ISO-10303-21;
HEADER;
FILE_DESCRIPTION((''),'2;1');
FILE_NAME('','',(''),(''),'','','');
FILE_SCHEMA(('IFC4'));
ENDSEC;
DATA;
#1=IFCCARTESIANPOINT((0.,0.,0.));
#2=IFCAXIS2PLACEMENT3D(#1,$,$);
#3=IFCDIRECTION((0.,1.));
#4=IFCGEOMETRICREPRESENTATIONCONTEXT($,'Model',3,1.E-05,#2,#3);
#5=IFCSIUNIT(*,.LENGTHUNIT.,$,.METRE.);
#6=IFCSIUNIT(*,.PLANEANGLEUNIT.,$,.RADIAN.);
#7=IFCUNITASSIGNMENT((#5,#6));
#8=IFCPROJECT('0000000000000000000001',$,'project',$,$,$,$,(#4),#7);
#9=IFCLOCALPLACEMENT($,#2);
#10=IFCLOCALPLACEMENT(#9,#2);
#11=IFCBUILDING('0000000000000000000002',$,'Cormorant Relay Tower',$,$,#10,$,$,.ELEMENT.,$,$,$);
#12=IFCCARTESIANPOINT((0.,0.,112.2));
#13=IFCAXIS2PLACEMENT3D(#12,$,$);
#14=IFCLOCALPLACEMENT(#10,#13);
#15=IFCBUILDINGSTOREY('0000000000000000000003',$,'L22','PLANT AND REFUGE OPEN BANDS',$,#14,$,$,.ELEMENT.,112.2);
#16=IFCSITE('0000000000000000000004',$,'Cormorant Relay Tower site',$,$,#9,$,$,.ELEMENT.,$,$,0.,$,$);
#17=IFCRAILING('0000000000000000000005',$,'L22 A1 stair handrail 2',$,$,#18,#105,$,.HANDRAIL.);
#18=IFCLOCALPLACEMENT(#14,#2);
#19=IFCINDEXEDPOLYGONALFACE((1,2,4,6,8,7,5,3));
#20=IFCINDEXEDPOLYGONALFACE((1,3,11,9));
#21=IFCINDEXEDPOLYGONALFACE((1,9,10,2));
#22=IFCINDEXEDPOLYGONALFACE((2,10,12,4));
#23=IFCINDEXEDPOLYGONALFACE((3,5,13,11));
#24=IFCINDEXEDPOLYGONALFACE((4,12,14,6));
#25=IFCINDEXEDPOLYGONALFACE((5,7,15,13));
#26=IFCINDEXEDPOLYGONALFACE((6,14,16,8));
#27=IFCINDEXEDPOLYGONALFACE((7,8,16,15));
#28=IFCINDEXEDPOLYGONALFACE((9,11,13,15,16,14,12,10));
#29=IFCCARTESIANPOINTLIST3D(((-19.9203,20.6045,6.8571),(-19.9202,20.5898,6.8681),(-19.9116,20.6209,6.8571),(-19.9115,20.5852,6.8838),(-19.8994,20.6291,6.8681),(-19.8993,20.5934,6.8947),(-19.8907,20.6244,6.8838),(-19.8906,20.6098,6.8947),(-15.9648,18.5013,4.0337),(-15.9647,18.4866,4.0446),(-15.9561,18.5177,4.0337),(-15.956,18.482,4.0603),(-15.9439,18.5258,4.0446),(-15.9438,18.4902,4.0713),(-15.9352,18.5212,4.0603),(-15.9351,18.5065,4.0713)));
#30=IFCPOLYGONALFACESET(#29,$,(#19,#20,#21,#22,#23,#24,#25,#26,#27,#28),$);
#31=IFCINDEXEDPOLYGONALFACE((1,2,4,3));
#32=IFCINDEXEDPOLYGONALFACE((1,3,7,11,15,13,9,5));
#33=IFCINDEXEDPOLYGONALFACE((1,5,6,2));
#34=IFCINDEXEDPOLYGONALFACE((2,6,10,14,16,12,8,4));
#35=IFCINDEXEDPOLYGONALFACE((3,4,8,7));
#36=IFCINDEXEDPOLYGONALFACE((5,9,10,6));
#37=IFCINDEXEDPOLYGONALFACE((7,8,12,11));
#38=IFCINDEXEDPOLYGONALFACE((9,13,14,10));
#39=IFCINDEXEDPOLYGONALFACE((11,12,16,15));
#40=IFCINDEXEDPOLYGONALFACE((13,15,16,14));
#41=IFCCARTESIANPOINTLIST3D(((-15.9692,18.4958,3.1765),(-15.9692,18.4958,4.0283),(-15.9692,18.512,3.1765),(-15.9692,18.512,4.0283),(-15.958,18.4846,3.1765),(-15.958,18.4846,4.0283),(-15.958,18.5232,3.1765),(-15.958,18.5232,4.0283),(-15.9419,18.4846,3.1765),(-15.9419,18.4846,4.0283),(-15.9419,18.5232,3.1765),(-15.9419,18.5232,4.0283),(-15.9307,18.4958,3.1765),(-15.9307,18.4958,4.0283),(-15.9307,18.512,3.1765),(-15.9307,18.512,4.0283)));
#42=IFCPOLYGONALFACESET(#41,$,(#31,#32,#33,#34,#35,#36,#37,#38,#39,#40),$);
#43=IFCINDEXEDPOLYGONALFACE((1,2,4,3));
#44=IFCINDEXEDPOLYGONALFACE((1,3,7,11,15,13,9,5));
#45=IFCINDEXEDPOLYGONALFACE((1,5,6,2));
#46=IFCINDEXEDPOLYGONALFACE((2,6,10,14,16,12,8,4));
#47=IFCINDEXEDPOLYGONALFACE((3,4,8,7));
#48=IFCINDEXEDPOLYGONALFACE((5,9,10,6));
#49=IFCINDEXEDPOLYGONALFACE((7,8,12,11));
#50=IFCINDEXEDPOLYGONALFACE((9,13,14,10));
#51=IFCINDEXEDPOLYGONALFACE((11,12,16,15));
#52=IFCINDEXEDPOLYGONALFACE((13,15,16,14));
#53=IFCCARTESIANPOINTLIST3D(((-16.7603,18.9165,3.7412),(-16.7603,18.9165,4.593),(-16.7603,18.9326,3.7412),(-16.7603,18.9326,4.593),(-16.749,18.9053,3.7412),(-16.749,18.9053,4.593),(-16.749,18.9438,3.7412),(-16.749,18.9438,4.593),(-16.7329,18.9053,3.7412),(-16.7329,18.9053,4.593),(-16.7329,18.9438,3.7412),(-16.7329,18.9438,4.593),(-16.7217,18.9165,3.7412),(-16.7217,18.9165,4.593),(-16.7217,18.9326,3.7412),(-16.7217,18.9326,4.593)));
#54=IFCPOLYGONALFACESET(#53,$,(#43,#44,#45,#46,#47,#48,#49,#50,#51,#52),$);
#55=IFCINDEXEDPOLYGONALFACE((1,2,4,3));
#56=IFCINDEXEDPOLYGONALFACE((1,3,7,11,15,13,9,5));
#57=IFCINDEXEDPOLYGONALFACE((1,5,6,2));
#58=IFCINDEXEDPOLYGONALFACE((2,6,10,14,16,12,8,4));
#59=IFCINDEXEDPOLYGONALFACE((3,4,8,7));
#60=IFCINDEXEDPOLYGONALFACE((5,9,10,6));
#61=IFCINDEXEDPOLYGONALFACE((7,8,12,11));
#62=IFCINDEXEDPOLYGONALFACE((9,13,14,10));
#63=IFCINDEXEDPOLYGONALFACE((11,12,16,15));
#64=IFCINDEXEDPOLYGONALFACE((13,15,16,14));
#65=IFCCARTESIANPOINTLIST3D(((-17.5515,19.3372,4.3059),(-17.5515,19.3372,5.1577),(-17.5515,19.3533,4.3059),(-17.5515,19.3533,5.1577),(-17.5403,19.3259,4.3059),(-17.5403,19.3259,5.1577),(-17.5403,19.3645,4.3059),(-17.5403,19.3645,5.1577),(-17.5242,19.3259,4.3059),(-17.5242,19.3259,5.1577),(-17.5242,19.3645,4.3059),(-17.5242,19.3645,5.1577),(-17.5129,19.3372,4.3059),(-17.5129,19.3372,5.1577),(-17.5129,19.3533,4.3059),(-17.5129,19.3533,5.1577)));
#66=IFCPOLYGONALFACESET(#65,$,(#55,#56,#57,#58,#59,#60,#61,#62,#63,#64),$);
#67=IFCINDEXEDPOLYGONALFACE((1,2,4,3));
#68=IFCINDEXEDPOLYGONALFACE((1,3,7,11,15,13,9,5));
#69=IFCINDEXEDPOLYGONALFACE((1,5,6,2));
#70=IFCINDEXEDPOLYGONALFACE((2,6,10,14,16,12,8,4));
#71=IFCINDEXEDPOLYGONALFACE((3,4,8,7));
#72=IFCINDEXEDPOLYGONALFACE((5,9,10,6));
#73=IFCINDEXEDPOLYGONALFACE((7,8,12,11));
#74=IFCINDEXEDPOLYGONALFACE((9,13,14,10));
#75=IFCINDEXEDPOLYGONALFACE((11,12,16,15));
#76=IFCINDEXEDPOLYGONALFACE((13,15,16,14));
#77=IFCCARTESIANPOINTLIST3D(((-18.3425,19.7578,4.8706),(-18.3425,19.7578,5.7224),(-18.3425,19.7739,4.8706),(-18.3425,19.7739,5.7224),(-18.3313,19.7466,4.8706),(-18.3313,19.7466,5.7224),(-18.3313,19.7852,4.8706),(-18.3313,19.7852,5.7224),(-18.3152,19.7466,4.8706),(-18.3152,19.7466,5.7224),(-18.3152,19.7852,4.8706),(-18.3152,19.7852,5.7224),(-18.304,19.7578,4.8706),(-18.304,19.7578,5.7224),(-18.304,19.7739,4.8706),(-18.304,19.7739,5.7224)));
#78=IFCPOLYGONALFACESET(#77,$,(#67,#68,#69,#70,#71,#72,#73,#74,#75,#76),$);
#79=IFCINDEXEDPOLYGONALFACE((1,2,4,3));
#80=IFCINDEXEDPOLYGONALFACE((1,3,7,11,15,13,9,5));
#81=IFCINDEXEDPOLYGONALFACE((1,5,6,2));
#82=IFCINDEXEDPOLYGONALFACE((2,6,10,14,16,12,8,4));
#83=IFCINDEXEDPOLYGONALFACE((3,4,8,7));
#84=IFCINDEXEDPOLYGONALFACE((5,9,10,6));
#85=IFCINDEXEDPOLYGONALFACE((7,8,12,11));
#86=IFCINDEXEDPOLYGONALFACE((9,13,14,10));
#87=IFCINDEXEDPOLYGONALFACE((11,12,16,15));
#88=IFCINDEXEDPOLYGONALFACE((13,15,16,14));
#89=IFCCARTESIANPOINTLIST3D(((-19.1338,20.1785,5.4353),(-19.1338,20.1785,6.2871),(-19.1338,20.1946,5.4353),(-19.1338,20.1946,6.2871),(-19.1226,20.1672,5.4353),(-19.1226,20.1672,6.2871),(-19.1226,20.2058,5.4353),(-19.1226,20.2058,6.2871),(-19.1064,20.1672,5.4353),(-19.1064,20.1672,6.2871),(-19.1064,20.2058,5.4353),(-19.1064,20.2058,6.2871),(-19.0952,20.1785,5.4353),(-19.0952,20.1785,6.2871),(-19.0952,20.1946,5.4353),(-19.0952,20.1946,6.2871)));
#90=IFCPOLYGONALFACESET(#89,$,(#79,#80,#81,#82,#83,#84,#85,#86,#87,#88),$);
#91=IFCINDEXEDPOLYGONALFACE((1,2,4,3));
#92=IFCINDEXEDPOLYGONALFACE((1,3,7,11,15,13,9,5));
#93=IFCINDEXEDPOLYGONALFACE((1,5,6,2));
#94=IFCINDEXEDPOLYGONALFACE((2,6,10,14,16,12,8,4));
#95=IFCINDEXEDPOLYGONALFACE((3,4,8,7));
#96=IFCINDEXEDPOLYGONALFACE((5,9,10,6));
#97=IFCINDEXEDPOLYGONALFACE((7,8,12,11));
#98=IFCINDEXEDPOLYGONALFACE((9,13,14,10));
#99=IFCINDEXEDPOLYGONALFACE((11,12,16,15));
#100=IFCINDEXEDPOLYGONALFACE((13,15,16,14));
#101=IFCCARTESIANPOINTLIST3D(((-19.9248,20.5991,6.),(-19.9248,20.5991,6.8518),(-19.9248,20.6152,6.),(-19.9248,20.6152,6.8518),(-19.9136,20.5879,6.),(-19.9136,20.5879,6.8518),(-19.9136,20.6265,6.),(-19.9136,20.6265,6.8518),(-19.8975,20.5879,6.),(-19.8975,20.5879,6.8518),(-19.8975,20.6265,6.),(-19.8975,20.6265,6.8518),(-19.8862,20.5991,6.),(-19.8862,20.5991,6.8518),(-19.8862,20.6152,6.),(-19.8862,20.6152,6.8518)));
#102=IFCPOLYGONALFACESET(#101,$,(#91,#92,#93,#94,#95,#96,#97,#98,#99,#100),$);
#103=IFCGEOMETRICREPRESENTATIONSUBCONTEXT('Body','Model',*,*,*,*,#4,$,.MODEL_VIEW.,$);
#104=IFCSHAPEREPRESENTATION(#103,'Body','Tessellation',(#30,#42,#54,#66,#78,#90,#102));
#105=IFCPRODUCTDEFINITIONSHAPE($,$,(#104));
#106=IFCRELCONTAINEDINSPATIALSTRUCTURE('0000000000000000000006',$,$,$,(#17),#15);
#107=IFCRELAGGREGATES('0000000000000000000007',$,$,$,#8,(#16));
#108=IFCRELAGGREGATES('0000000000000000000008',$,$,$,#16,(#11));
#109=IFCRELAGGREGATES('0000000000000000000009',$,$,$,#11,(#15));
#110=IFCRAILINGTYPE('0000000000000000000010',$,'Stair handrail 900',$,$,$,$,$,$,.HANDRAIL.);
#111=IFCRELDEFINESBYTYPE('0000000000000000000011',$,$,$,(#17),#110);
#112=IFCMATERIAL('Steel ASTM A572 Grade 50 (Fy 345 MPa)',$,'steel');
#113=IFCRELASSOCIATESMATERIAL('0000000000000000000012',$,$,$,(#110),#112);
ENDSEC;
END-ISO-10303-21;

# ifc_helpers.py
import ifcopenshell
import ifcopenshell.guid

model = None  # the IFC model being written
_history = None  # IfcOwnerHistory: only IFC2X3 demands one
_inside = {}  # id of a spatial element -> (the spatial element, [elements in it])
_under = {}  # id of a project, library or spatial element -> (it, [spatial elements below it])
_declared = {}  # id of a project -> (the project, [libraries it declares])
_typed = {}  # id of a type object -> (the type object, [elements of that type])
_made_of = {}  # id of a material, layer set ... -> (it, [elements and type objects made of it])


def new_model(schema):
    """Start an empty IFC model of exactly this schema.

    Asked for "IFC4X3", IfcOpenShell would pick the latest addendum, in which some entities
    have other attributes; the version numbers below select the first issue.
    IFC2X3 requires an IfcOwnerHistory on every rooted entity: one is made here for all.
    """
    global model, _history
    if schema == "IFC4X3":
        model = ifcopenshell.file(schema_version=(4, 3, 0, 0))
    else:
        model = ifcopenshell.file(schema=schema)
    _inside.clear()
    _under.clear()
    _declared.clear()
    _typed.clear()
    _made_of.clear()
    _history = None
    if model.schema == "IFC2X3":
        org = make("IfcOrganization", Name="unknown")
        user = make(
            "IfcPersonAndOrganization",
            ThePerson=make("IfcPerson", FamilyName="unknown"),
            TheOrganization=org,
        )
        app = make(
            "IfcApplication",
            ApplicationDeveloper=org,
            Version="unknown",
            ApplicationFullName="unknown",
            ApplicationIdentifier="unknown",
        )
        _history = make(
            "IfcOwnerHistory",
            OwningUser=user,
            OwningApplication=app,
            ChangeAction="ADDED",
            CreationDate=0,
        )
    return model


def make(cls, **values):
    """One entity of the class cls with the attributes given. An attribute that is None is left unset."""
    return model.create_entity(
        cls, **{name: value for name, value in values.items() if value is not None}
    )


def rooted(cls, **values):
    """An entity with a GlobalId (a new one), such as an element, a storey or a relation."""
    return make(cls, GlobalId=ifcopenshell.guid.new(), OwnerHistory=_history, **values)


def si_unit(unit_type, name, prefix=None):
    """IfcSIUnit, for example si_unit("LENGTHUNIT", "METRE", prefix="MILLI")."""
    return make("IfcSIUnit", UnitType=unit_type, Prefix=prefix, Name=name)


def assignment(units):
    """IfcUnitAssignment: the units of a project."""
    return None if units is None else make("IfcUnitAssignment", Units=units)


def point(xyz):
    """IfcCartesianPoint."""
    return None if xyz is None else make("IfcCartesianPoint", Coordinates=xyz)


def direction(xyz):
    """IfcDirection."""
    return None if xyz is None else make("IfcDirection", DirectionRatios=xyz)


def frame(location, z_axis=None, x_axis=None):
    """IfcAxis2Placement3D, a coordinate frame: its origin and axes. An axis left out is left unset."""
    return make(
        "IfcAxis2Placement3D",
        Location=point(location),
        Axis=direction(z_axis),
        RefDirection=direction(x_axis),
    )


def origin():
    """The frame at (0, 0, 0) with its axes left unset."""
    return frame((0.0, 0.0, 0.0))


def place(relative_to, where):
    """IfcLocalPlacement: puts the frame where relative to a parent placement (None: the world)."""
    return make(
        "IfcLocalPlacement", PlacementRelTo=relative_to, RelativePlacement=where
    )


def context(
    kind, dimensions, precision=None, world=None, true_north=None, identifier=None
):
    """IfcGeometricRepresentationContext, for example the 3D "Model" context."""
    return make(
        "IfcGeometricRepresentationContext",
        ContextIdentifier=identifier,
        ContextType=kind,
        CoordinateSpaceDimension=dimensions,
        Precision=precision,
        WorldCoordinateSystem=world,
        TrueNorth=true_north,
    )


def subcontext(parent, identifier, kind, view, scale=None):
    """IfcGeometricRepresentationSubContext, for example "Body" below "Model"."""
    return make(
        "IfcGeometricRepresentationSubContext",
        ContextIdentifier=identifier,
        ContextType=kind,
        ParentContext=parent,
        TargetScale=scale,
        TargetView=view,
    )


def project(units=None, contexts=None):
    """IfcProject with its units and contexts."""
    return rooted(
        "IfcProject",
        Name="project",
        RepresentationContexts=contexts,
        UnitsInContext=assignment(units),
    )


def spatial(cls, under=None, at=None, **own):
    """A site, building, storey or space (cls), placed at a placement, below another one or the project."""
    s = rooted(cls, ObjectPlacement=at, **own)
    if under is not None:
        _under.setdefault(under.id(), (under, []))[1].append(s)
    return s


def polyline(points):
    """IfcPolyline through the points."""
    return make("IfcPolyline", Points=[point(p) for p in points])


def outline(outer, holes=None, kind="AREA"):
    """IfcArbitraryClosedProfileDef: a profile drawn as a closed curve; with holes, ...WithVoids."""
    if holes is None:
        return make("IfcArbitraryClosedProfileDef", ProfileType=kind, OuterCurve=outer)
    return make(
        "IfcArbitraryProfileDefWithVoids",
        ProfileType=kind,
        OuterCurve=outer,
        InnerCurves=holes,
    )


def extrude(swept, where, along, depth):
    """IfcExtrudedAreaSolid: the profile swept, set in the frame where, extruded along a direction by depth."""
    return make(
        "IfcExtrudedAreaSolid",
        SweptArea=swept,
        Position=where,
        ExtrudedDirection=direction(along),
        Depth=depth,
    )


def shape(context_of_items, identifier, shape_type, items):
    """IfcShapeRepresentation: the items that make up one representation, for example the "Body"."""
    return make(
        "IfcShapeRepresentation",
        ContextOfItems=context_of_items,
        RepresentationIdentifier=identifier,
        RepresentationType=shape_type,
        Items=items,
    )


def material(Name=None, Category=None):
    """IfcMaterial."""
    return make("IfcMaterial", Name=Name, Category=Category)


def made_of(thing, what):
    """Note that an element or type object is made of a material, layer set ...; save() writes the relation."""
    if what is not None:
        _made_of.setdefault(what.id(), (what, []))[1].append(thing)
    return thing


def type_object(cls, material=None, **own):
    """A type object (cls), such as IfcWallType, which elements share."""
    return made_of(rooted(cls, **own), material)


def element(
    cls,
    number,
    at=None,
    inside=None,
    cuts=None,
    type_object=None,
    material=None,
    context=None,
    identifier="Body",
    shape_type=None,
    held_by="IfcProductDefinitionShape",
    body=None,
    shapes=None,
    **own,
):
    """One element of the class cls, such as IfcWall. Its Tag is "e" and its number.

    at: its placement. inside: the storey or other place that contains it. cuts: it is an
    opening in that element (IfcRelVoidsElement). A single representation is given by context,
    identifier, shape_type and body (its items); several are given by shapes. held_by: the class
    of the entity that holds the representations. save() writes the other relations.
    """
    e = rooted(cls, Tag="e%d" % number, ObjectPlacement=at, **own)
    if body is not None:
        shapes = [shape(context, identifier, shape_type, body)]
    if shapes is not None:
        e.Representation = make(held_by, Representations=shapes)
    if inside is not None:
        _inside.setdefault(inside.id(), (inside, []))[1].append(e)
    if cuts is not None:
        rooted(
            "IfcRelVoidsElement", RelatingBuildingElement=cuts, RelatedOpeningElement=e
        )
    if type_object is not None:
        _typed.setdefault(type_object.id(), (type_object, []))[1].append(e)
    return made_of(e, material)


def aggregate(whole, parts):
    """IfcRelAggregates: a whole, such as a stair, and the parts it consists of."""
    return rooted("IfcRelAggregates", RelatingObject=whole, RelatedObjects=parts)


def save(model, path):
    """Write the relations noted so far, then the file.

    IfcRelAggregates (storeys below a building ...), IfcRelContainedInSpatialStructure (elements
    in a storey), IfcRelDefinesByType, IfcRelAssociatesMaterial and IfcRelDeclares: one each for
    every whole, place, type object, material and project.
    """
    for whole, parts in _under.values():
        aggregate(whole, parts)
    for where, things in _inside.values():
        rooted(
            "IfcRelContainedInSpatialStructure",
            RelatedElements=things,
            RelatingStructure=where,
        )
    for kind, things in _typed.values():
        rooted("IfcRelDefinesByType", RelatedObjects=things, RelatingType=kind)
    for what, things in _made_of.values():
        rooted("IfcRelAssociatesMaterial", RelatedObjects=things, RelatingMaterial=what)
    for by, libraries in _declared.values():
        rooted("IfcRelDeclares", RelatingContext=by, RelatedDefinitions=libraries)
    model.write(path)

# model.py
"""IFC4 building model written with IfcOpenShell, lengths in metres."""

from ifc_helpers import new_model, si_unit, direction, frame, origin, place, context, subcontext, project, spatial, polyline, outline, extrude, material, type_object, element, save


model = new_model("IFC4")

# Units and contexts
model_context = context("Model", 3, precision=1e-05, world=origin(), true_north=direction((0.0, 1.0)))
body_context = subcontext(model_context, "Body", "Model", "MODEL_VIEW")
ifc_project = project(units=[si_unit("LENGTHUNIT", "METRE"), si_unit("PLANEANGLEUNIT", "RADIAN")], contexts=[model_context])

# Site, building, storey
site_placement = place(None, origin())
site = spatial("IfcSite", under=ifc_project, at=site_placement, Name="Cormorant Relay Tower site", CompositionType="ELEMENT", RefElevation=0.0)
building_placement = place(site_placement, origin())
building = spatial("IfcBuilding", under=site, at=building_placement, Name="Cormorant Relay Tower", CompositionType="ELEMENT")
storey_placement = place(building_placement, frame((0.0, 0.0, 112.2)))
storey = spatial("IfcBuildingStorey", under=building, at=storey_placement, Name="L22", Description="PLANT AND REFUGE OPEN BANDS", CompositionType="ELEMENT", Elevation=112.2)

# Railing
ifc_material_1 = material(Name="Steel ASTM A572 Grade 50 (Fy 345 MPa)", Category="steel")
railing_type_1 = type_object("IfcRailingType", Name="Stair handrail 900", PredefinedType="HANDRAIL", material=ifc_material_1)
railing_1_placement = place(storey_placement, frame((-15.95, 18.5039, 3.1765)))
element("IfcRailing", 1, at=railing_1_placement, inside=storey, type_object=railing_type_1, Name="L22 A1 stair handrail 2", PredefinedType="HANDRAIL", context=body_context, shape_type="SweptSolid", body=[
    extrude(outline(polyline([(0.0222, 0.0093), (0.0093, 0.0222), (-0.0093, 0.0222), (-0.0222, 0.0093), (-0.0222, -0.0093), (-0.0093, -0.0222), (0.0093, -0.0222), (0.0222, -0.0093), (0.0222, 0.0093)])), frame((0.0, 0.0, 0.876), z_axis=(-0.746967, 0.397181, 0.533186), x_axis=(-0.469482, -0.882942, 0.0)), (0.0, 0.0, 1.0), 5.2954),
    extrude(outline(polyline([(0.0193, 0.0081), (0.0081, 0.0193), (-0.0081, 0.0193), (-0.0193, 0.0081), (-0.0193, -0.0081), (-0.0081, -0.0193), (0.0081, -0.0193), (0.0193, -0.0081), (0.0193, 0.0081)])), origin(), (0.0, 0.0, 1.0), 0.8518),
    extrude(outline(polyline([(0.0193, 0.0081), (0.0081, 0.0193), (-0.0081, 0.0193), (-0.0193, 0.0081), (-0.0193, -0.0081), (-0.0081, -0.0193), (0.0081, -0.0193), (0.0193, -0.0081), (0.0193, 0.0081)])), frame((-0.791, 0.4207, 0.5647)), (0.0, 0.0, 1.0), 0.8518),
    extrude(outline(polyline([(0.0193, 0.0081), (0.0081, 0.0193), (-0.0081, 0.0193), (-0.0193, 0.0081), (-0.0193, -0.0081), (-0.0081, -0.0193), (0.0081, -0.0193), (0.0193, -0.0081), (0.0193, 0.0081)])), frame((-1.5823, 0.8413, 1.1294)), (0.0, 0.0, 1.0), 0.8518),
    extrude(outline(polyline([(0.0193, 0.0081), (0.0081, 0.0193), (-0.0081, 0.0193), (-0.0193, 0.0081), (-0.0193, -0.0081), (-0.0081, -0.0193), (0.0081, -0.0193), (0.0193, -0.0081), (0.0193, 0.0081)])), frame((-2.3733, 1.262, 1.6941)), (0.0, 0.0, 1.0), 0.8518),
    extrude(outline(polyline([(0.0193, 0.0081), (0.0081, 0.0193), (-0.0081, 0.0193), (-0.0193, 0.0081), (-0.0193, -0.0081), (-0.0081, -0.0193), (0.0081, -0.0193), (0.0193, -0.0081), (0.0193, 0.0081)])), frame((-3.1646, 1.6826, 2.2588)), (0.0, 0.0, 1.0), 0.8518),
    extrude(outline(polyline([(0.0193, 0.0081), (0.0081, 0.0193), (-0.0081, 0.0193), (-0.0193, 0.0081), (-0.0193, -0.0081), (-0.0081, -0.0193), (0.0081, -0.0193), (0.0193, -0.0081), (0.0193, 0.0081)])), frame((-3.9556, 2.1033, 2.8235)), (0.0, 0.0, 1.0), 0.8518),
])

save(model, "model.ifc")
